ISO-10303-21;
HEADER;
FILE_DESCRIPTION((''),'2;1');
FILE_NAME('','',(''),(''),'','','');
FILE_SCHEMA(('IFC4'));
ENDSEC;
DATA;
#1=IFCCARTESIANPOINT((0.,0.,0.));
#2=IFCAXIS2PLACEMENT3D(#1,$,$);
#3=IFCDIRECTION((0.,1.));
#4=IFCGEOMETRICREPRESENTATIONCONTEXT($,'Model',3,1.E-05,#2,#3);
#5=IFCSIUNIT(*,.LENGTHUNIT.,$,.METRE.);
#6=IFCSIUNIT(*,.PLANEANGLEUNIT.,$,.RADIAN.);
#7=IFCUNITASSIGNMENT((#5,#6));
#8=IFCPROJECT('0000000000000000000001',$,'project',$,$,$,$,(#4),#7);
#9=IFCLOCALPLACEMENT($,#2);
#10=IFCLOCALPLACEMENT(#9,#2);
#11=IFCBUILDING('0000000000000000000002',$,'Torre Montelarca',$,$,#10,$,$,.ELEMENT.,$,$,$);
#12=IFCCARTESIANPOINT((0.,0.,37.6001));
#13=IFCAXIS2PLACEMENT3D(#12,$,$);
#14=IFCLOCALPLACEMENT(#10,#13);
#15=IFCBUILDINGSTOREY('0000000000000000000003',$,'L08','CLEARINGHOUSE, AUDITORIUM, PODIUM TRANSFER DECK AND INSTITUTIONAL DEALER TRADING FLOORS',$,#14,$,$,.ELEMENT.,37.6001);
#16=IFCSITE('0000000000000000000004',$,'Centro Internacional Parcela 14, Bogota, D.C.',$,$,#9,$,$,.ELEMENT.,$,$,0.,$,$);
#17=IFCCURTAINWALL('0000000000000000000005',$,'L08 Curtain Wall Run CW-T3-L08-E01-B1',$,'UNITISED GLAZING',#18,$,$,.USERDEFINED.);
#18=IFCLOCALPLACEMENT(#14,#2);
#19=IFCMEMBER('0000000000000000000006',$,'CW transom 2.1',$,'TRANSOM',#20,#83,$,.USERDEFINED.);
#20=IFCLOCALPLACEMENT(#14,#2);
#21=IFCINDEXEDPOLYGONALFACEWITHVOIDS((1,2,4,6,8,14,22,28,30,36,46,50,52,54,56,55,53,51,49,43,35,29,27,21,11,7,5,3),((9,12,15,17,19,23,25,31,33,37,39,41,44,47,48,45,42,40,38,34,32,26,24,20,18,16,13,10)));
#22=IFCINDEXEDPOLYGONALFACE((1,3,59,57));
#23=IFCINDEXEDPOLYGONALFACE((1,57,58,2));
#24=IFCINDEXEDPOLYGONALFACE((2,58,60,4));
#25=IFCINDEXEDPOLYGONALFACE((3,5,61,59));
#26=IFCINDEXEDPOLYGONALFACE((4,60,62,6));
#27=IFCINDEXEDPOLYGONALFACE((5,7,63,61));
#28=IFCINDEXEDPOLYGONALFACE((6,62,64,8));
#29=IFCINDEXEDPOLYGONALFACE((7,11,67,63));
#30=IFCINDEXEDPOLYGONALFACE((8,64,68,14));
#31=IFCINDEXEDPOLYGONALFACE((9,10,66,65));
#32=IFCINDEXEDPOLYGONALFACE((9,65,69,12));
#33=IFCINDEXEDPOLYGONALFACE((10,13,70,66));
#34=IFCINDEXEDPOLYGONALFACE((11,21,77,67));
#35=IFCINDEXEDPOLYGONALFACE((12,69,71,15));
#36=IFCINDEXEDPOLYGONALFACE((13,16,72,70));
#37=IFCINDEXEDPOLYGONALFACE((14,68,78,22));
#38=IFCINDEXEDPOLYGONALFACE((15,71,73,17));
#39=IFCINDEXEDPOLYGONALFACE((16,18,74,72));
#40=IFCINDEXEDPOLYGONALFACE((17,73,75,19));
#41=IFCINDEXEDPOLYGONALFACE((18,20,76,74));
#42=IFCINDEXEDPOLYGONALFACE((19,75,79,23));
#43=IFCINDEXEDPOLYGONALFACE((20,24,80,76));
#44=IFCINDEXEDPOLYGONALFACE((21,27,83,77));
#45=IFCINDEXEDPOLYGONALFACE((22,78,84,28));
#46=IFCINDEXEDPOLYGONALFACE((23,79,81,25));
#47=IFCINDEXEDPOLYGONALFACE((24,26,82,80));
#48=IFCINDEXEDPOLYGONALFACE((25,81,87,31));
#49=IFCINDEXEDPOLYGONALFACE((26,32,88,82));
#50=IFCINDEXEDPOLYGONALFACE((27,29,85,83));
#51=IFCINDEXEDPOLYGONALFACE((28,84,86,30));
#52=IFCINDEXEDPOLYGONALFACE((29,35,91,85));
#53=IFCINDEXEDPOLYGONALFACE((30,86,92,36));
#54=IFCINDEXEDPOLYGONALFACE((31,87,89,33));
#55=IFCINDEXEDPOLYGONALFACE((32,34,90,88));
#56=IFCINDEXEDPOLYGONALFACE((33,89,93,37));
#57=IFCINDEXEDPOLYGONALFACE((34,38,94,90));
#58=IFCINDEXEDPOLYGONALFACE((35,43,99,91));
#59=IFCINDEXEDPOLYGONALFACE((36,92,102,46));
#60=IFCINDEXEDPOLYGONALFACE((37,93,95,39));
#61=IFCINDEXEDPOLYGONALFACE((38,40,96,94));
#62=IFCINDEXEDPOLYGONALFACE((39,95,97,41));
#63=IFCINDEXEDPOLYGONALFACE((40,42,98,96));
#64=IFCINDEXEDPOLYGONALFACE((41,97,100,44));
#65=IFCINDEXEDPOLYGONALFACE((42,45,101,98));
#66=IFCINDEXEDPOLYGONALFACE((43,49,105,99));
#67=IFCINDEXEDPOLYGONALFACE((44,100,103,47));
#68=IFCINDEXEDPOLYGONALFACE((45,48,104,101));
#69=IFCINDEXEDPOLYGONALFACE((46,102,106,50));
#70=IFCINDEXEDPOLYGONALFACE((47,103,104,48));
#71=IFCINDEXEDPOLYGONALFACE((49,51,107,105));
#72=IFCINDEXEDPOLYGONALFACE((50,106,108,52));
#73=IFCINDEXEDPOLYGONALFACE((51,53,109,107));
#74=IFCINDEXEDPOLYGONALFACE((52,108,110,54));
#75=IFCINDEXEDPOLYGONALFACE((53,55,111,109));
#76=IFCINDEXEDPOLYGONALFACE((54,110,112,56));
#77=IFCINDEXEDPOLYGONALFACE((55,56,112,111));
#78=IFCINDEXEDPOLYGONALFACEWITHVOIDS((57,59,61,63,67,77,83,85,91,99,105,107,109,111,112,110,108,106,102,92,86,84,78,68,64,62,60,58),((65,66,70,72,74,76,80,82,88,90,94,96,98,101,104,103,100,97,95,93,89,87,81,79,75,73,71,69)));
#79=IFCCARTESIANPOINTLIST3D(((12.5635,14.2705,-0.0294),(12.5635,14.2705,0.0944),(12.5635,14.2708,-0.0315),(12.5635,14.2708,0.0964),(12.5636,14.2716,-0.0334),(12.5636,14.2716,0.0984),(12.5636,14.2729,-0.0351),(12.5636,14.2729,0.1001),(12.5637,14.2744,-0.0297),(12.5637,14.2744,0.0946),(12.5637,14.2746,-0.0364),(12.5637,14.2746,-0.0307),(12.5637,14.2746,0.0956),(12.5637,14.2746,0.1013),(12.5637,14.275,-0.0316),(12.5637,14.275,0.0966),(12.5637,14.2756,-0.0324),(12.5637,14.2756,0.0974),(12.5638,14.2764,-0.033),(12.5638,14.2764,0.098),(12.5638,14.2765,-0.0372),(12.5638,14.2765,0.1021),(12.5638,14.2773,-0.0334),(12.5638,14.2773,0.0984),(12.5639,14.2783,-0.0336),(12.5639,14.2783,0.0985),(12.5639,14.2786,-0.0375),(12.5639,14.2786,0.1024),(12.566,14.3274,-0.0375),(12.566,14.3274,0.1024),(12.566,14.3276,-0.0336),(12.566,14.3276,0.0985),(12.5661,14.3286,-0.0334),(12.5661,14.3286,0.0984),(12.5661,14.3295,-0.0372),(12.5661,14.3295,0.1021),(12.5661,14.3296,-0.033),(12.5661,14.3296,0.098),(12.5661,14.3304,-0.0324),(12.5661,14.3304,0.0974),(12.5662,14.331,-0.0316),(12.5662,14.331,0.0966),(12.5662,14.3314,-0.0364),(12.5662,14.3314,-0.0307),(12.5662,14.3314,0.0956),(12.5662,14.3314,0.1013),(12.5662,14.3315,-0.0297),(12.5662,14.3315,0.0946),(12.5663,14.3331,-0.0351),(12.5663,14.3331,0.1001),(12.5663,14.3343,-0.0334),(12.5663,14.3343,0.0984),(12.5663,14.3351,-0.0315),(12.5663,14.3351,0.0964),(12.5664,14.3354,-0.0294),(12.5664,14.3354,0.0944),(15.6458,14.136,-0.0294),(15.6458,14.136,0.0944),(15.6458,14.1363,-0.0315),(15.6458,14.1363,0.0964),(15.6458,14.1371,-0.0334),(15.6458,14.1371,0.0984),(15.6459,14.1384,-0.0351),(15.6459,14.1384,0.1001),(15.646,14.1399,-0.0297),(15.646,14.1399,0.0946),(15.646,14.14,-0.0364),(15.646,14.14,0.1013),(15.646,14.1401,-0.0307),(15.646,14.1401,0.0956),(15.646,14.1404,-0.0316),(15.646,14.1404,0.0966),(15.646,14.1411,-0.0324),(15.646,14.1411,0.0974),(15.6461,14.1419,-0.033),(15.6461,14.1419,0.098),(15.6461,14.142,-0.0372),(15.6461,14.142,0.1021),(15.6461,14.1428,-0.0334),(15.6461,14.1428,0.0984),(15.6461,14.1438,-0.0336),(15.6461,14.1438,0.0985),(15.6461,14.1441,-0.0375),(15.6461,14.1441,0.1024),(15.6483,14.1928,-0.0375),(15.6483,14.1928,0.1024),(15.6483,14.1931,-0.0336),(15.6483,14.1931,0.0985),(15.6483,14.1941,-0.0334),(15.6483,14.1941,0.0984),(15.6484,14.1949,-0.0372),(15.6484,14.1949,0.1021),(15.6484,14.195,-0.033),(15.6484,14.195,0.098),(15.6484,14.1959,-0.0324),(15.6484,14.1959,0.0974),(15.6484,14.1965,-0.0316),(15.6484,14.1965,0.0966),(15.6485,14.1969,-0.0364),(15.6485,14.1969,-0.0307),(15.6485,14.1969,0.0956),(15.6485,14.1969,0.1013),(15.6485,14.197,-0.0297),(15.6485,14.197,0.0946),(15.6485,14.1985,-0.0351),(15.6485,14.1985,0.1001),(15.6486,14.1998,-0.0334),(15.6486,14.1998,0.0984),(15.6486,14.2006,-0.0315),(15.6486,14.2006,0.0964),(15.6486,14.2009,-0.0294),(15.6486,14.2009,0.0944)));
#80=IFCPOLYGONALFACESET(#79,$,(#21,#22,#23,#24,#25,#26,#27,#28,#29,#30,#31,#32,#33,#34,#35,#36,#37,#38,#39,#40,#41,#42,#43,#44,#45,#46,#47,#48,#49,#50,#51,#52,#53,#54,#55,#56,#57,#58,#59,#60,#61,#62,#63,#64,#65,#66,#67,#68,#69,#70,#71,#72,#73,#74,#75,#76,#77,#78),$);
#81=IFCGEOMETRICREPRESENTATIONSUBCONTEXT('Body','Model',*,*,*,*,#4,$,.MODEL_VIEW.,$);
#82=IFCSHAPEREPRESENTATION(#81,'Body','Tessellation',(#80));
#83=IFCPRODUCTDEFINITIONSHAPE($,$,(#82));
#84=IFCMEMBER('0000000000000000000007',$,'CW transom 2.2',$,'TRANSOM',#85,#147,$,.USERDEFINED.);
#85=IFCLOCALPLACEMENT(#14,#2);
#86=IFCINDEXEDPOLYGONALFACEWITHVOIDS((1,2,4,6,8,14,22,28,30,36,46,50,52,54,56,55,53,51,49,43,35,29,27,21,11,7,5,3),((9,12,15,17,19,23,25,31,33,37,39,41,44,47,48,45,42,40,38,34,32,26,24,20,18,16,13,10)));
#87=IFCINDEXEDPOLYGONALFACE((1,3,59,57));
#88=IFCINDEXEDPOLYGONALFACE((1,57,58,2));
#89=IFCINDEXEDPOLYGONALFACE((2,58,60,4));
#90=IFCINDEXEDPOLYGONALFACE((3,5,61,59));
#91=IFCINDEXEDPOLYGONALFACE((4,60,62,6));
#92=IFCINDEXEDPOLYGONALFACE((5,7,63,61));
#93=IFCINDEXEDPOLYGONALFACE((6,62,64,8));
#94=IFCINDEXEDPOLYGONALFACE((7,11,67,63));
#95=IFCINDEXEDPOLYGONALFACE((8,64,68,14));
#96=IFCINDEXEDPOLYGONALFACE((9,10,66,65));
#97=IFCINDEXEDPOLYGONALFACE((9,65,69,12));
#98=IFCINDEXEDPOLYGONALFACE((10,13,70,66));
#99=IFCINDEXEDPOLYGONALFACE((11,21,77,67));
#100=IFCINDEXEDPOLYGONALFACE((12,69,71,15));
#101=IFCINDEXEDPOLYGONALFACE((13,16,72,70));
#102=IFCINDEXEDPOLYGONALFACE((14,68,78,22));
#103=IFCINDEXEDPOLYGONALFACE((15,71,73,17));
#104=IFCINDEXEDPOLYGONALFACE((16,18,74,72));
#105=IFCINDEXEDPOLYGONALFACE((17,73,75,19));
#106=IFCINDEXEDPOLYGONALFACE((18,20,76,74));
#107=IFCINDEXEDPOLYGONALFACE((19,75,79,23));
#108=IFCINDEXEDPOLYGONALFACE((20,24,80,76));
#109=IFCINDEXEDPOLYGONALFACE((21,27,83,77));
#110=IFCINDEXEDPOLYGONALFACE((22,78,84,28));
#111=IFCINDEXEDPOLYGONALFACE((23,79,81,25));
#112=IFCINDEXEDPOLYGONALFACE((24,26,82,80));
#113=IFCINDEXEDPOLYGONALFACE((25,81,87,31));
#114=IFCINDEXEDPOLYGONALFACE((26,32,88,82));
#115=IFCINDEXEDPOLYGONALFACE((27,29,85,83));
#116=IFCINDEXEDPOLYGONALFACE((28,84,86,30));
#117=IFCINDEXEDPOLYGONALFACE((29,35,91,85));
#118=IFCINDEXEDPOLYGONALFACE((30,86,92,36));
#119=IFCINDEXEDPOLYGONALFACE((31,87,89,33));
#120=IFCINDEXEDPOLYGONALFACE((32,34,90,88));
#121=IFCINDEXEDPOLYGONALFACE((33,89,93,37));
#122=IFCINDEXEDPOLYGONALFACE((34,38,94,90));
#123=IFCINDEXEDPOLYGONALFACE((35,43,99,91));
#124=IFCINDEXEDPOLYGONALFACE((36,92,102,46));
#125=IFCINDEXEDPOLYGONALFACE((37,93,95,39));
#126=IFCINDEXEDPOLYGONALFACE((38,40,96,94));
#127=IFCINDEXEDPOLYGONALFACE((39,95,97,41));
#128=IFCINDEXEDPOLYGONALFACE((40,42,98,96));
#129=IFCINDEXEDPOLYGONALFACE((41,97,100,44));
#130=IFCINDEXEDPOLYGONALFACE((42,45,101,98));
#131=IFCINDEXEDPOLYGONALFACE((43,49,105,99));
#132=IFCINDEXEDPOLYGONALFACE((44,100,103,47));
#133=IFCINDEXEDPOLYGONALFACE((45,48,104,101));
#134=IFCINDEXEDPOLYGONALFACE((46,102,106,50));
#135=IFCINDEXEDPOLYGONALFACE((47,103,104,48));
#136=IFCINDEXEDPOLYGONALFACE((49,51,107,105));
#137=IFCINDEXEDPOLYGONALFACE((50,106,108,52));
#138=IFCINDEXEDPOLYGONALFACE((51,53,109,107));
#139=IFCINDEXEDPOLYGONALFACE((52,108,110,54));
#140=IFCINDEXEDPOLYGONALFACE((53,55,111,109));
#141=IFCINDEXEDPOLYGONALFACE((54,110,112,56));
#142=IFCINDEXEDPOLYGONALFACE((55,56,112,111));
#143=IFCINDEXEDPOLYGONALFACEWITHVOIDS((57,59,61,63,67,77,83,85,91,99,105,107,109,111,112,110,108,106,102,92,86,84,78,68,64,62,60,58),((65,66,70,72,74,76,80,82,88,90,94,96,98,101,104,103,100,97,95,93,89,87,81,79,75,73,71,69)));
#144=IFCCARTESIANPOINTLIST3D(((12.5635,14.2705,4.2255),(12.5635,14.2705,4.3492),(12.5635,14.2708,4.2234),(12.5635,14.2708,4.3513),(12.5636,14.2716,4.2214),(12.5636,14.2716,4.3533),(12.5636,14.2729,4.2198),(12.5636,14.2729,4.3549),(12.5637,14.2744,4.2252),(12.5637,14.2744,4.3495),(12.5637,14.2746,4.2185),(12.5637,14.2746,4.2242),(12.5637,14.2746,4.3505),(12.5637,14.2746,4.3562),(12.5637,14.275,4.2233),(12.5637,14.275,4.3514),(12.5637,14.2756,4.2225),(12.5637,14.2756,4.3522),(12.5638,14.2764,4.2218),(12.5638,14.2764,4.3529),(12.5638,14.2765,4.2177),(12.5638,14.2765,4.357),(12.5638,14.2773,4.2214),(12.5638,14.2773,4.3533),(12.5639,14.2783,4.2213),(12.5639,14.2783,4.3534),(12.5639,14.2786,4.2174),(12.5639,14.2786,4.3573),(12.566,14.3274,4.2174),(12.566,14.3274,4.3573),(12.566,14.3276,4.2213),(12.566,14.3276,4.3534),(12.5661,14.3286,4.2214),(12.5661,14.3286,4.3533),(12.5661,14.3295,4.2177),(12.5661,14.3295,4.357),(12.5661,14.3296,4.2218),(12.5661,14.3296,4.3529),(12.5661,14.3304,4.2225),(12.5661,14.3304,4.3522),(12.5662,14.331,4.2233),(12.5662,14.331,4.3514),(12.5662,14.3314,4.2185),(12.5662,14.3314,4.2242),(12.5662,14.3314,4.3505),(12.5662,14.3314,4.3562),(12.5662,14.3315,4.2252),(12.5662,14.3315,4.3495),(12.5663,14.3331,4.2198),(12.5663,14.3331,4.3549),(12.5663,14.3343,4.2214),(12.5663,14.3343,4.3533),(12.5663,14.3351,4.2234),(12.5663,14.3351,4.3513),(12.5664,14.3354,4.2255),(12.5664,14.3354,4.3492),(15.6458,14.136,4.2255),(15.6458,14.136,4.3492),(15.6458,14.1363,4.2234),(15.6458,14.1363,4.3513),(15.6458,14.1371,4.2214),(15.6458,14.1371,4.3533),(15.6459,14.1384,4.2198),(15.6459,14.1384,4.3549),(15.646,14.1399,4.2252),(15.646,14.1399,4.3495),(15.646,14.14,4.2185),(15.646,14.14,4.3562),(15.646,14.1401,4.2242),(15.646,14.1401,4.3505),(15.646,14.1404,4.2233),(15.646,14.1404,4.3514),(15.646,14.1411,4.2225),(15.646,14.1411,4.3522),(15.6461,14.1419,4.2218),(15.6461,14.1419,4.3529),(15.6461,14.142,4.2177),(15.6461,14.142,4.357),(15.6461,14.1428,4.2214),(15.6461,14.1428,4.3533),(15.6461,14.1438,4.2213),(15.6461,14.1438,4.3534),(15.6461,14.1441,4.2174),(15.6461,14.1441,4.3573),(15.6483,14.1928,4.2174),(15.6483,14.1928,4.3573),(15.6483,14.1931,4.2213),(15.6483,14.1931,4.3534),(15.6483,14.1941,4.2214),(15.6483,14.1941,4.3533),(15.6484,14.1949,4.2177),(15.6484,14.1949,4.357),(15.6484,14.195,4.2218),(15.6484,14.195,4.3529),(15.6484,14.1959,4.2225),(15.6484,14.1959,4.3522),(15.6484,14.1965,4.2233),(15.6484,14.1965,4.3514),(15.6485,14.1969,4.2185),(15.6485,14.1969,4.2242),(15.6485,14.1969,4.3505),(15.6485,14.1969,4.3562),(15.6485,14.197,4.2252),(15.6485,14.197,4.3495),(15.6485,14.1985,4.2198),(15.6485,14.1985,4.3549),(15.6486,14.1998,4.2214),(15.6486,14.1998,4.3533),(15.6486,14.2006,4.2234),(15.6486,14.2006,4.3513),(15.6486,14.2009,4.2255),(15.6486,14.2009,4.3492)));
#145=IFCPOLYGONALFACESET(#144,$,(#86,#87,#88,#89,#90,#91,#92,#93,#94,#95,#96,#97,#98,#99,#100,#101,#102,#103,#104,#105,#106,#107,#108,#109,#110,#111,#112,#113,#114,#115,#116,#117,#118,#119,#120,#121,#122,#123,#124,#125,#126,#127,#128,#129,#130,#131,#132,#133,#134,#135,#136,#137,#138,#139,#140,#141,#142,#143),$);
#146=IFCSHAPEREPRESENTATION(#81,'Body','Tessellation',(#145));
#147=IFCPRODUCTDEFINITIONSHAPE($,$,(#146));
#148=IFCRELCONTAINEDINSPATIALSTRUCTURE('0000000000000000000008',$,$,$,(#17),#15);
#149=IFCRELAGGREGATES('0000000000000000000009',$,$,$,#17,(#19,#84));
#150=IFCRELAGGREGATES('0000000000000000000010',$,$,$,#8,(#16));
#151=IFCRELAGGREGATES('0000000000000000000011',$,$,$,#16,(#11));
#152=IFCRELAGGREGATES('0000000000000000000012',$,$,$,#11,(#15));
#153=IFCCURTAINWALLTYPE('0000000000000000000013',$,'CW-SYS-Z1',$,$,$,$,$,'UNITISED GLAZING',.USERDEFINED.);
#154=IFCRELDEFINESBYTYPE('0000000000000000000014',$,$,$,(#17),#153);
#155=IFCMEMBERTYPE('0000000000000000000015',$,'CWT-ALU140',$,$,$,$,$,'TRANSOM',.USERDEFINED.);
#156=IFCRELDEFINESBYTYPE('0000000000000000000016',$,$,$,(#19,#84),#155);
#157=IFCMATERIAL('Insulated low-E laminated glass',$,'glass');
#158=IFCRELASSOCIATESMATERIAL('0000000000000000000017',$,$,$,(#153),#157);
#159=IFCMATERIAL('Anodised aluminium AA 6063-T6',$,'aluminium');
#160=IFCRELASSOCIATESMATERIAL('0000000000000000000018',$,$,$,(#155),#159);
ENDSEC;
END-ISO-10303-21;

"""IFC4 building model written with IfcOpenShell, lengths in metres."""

from ifc_helpers import new_model, si_unit, direction, frame, origin, origin_2d, place, context, subcontext, project, spatial, hollow_rectangle, extrude, source, transform, mapped, material, material_profile, profile_set, type_object, element, aggregate, save


model = new_model("IFC4")

# Units and contexts
model_context = context("Model", 3, precision=1e-05, world=origin(), true_north=direction((0.0, 1.0)))
body_context = subcontext(model_context, "Body", "Model", "MODEL_VIEW")
ifc_project = project(units=[si_unit("LENGTHUNIT", "METRE"), si_unit("PLANEANGLEUNIT", "RADIAN")], contexts=[model_context])

# Site, building, storey
site_placement = place(None, origin())
site = spatial("IfcSite", under=ifc_project, at=site_placement, Name="Centro Internacional Parcela 14, Bogota, D.C.", CompositionType="ELEMENT", RefElevation=0.0)
building_placement = place(site_placement, origin())
building = spatial("IfcBuilding", under=site, at=building_placement, Name="Torre Montelarca", CompositionType="ELEMENT")
storey_placement = place(building_placement, frame((0.0, 0.0, 37.6001)))
storey = spatial("IfcBuildingStorey", under=building, at=storey_placement, Name="L08", Description="CLEARINGHOUSE, AUDITORIUM, PODIUM TRANSFER DECK AND INSTITUTIONAL DEALER TRADING FLOORS", CompositionType="ELEMENT", Elevation=37.6001)

# Curtain wall
ifc_material_1 = material(Name="Insulated low-E laminated glass", Category="glass")
curtain_wall_type = type_object("IfcCurtainWallType", Name="CW-SYS-Z1", ElementType="UNITISED GLAZING", PredefinedType="USERDEFINED", material=ifc_material_1)
curtain_wall_1_placement = place(storey_placement, origin())
curtain_wall_1 = element("IfcCurtainWall", 1, at=curtain_wall_1_placement, inside=storey, type_object=curtain_wall_type, Name="L08 Curtain Wall Run CW-T3-L08-E01-B1", ObjectType="UNITISED GLAZING", PredefinedType="USERDEFINED")
ifc_material_2 = material(Name="Anodised aluminium AA 6063-T6", Category="aluminium")

# Members
ifc_material_profile_1 = material_profile(ifc_material_2, hollow_rectangle(XDim=0.0649, YDim=0.1399, WallThickness=0.0039, InnerFilletRadius=0.0039, OuterFilletRadius=0.0081, at=origin_2d()), Name="ALU65X140X4", Category="aluminium")
ifc_profile_set_1 = profile_set([ifc_material_profile_1], Name="Anodised aluminium AA 6063-T6")
member_type_1 = type_object("IfcMemberType", Name="CWT-ALU140", ElementType="TRANSOM", PredefinedType="USERDEFINED", material=ifc_profile_set_1)
shared_shape_1 = source(origin(), body_context, "Body", "SweptSolid", [
    extrude(hollow_rectangle(XDim=0.0649, YDim=0.1399, WallThickness=0.0039, InnerFilletRadius=0.0039, OuterFilletRadius=0.0081, at=origin_2d()), origin(), (0.0, 0.0, 1.0), 3.0852),
])
member_1_placement = place(storey_placement, frame((12.5649, 14.303, 0.0325), z_axis=(0.999049, -0.043602, 0.0), x_axis=(0.043602, 0.999049, 0.0)))
member_1 = element("IfcMember", 2, at=member_1_placement, type_object=member_type_1, Name="CW transom 2.1", ObjectType="TRANSOM", PredefinedType="USERDEFINED", context=body_context, shape_type="MappedRepresentation", body=[
    mapped(shared_shape_1, transform((0.0, 0.0, 0.0), scale=1.0)),
])
member_2_placement = place(storey_placement, frame((12.5649, 14.303, 4.2874), z_axis=(0.999049, -0.043602, 0.0), x_axis=(0.043602, 0.999049, 0.0)))
member_2 = element("IfcMember", 3, at=member_2_placement, type_object=member_type_1, Name="CW transom 2.2", ObjectType="TRANSOM", PredefinedType="USERDEFINED", context=body_context, shape_type="MappedRepresentation", body=[
    mapped(shared_shape_1, transform((0.0, 0.0, 0.0), scale=1.0)),
])

aggregate(curtain_wall_1, [member_1, member_2])

save(model, "model.ifc")
